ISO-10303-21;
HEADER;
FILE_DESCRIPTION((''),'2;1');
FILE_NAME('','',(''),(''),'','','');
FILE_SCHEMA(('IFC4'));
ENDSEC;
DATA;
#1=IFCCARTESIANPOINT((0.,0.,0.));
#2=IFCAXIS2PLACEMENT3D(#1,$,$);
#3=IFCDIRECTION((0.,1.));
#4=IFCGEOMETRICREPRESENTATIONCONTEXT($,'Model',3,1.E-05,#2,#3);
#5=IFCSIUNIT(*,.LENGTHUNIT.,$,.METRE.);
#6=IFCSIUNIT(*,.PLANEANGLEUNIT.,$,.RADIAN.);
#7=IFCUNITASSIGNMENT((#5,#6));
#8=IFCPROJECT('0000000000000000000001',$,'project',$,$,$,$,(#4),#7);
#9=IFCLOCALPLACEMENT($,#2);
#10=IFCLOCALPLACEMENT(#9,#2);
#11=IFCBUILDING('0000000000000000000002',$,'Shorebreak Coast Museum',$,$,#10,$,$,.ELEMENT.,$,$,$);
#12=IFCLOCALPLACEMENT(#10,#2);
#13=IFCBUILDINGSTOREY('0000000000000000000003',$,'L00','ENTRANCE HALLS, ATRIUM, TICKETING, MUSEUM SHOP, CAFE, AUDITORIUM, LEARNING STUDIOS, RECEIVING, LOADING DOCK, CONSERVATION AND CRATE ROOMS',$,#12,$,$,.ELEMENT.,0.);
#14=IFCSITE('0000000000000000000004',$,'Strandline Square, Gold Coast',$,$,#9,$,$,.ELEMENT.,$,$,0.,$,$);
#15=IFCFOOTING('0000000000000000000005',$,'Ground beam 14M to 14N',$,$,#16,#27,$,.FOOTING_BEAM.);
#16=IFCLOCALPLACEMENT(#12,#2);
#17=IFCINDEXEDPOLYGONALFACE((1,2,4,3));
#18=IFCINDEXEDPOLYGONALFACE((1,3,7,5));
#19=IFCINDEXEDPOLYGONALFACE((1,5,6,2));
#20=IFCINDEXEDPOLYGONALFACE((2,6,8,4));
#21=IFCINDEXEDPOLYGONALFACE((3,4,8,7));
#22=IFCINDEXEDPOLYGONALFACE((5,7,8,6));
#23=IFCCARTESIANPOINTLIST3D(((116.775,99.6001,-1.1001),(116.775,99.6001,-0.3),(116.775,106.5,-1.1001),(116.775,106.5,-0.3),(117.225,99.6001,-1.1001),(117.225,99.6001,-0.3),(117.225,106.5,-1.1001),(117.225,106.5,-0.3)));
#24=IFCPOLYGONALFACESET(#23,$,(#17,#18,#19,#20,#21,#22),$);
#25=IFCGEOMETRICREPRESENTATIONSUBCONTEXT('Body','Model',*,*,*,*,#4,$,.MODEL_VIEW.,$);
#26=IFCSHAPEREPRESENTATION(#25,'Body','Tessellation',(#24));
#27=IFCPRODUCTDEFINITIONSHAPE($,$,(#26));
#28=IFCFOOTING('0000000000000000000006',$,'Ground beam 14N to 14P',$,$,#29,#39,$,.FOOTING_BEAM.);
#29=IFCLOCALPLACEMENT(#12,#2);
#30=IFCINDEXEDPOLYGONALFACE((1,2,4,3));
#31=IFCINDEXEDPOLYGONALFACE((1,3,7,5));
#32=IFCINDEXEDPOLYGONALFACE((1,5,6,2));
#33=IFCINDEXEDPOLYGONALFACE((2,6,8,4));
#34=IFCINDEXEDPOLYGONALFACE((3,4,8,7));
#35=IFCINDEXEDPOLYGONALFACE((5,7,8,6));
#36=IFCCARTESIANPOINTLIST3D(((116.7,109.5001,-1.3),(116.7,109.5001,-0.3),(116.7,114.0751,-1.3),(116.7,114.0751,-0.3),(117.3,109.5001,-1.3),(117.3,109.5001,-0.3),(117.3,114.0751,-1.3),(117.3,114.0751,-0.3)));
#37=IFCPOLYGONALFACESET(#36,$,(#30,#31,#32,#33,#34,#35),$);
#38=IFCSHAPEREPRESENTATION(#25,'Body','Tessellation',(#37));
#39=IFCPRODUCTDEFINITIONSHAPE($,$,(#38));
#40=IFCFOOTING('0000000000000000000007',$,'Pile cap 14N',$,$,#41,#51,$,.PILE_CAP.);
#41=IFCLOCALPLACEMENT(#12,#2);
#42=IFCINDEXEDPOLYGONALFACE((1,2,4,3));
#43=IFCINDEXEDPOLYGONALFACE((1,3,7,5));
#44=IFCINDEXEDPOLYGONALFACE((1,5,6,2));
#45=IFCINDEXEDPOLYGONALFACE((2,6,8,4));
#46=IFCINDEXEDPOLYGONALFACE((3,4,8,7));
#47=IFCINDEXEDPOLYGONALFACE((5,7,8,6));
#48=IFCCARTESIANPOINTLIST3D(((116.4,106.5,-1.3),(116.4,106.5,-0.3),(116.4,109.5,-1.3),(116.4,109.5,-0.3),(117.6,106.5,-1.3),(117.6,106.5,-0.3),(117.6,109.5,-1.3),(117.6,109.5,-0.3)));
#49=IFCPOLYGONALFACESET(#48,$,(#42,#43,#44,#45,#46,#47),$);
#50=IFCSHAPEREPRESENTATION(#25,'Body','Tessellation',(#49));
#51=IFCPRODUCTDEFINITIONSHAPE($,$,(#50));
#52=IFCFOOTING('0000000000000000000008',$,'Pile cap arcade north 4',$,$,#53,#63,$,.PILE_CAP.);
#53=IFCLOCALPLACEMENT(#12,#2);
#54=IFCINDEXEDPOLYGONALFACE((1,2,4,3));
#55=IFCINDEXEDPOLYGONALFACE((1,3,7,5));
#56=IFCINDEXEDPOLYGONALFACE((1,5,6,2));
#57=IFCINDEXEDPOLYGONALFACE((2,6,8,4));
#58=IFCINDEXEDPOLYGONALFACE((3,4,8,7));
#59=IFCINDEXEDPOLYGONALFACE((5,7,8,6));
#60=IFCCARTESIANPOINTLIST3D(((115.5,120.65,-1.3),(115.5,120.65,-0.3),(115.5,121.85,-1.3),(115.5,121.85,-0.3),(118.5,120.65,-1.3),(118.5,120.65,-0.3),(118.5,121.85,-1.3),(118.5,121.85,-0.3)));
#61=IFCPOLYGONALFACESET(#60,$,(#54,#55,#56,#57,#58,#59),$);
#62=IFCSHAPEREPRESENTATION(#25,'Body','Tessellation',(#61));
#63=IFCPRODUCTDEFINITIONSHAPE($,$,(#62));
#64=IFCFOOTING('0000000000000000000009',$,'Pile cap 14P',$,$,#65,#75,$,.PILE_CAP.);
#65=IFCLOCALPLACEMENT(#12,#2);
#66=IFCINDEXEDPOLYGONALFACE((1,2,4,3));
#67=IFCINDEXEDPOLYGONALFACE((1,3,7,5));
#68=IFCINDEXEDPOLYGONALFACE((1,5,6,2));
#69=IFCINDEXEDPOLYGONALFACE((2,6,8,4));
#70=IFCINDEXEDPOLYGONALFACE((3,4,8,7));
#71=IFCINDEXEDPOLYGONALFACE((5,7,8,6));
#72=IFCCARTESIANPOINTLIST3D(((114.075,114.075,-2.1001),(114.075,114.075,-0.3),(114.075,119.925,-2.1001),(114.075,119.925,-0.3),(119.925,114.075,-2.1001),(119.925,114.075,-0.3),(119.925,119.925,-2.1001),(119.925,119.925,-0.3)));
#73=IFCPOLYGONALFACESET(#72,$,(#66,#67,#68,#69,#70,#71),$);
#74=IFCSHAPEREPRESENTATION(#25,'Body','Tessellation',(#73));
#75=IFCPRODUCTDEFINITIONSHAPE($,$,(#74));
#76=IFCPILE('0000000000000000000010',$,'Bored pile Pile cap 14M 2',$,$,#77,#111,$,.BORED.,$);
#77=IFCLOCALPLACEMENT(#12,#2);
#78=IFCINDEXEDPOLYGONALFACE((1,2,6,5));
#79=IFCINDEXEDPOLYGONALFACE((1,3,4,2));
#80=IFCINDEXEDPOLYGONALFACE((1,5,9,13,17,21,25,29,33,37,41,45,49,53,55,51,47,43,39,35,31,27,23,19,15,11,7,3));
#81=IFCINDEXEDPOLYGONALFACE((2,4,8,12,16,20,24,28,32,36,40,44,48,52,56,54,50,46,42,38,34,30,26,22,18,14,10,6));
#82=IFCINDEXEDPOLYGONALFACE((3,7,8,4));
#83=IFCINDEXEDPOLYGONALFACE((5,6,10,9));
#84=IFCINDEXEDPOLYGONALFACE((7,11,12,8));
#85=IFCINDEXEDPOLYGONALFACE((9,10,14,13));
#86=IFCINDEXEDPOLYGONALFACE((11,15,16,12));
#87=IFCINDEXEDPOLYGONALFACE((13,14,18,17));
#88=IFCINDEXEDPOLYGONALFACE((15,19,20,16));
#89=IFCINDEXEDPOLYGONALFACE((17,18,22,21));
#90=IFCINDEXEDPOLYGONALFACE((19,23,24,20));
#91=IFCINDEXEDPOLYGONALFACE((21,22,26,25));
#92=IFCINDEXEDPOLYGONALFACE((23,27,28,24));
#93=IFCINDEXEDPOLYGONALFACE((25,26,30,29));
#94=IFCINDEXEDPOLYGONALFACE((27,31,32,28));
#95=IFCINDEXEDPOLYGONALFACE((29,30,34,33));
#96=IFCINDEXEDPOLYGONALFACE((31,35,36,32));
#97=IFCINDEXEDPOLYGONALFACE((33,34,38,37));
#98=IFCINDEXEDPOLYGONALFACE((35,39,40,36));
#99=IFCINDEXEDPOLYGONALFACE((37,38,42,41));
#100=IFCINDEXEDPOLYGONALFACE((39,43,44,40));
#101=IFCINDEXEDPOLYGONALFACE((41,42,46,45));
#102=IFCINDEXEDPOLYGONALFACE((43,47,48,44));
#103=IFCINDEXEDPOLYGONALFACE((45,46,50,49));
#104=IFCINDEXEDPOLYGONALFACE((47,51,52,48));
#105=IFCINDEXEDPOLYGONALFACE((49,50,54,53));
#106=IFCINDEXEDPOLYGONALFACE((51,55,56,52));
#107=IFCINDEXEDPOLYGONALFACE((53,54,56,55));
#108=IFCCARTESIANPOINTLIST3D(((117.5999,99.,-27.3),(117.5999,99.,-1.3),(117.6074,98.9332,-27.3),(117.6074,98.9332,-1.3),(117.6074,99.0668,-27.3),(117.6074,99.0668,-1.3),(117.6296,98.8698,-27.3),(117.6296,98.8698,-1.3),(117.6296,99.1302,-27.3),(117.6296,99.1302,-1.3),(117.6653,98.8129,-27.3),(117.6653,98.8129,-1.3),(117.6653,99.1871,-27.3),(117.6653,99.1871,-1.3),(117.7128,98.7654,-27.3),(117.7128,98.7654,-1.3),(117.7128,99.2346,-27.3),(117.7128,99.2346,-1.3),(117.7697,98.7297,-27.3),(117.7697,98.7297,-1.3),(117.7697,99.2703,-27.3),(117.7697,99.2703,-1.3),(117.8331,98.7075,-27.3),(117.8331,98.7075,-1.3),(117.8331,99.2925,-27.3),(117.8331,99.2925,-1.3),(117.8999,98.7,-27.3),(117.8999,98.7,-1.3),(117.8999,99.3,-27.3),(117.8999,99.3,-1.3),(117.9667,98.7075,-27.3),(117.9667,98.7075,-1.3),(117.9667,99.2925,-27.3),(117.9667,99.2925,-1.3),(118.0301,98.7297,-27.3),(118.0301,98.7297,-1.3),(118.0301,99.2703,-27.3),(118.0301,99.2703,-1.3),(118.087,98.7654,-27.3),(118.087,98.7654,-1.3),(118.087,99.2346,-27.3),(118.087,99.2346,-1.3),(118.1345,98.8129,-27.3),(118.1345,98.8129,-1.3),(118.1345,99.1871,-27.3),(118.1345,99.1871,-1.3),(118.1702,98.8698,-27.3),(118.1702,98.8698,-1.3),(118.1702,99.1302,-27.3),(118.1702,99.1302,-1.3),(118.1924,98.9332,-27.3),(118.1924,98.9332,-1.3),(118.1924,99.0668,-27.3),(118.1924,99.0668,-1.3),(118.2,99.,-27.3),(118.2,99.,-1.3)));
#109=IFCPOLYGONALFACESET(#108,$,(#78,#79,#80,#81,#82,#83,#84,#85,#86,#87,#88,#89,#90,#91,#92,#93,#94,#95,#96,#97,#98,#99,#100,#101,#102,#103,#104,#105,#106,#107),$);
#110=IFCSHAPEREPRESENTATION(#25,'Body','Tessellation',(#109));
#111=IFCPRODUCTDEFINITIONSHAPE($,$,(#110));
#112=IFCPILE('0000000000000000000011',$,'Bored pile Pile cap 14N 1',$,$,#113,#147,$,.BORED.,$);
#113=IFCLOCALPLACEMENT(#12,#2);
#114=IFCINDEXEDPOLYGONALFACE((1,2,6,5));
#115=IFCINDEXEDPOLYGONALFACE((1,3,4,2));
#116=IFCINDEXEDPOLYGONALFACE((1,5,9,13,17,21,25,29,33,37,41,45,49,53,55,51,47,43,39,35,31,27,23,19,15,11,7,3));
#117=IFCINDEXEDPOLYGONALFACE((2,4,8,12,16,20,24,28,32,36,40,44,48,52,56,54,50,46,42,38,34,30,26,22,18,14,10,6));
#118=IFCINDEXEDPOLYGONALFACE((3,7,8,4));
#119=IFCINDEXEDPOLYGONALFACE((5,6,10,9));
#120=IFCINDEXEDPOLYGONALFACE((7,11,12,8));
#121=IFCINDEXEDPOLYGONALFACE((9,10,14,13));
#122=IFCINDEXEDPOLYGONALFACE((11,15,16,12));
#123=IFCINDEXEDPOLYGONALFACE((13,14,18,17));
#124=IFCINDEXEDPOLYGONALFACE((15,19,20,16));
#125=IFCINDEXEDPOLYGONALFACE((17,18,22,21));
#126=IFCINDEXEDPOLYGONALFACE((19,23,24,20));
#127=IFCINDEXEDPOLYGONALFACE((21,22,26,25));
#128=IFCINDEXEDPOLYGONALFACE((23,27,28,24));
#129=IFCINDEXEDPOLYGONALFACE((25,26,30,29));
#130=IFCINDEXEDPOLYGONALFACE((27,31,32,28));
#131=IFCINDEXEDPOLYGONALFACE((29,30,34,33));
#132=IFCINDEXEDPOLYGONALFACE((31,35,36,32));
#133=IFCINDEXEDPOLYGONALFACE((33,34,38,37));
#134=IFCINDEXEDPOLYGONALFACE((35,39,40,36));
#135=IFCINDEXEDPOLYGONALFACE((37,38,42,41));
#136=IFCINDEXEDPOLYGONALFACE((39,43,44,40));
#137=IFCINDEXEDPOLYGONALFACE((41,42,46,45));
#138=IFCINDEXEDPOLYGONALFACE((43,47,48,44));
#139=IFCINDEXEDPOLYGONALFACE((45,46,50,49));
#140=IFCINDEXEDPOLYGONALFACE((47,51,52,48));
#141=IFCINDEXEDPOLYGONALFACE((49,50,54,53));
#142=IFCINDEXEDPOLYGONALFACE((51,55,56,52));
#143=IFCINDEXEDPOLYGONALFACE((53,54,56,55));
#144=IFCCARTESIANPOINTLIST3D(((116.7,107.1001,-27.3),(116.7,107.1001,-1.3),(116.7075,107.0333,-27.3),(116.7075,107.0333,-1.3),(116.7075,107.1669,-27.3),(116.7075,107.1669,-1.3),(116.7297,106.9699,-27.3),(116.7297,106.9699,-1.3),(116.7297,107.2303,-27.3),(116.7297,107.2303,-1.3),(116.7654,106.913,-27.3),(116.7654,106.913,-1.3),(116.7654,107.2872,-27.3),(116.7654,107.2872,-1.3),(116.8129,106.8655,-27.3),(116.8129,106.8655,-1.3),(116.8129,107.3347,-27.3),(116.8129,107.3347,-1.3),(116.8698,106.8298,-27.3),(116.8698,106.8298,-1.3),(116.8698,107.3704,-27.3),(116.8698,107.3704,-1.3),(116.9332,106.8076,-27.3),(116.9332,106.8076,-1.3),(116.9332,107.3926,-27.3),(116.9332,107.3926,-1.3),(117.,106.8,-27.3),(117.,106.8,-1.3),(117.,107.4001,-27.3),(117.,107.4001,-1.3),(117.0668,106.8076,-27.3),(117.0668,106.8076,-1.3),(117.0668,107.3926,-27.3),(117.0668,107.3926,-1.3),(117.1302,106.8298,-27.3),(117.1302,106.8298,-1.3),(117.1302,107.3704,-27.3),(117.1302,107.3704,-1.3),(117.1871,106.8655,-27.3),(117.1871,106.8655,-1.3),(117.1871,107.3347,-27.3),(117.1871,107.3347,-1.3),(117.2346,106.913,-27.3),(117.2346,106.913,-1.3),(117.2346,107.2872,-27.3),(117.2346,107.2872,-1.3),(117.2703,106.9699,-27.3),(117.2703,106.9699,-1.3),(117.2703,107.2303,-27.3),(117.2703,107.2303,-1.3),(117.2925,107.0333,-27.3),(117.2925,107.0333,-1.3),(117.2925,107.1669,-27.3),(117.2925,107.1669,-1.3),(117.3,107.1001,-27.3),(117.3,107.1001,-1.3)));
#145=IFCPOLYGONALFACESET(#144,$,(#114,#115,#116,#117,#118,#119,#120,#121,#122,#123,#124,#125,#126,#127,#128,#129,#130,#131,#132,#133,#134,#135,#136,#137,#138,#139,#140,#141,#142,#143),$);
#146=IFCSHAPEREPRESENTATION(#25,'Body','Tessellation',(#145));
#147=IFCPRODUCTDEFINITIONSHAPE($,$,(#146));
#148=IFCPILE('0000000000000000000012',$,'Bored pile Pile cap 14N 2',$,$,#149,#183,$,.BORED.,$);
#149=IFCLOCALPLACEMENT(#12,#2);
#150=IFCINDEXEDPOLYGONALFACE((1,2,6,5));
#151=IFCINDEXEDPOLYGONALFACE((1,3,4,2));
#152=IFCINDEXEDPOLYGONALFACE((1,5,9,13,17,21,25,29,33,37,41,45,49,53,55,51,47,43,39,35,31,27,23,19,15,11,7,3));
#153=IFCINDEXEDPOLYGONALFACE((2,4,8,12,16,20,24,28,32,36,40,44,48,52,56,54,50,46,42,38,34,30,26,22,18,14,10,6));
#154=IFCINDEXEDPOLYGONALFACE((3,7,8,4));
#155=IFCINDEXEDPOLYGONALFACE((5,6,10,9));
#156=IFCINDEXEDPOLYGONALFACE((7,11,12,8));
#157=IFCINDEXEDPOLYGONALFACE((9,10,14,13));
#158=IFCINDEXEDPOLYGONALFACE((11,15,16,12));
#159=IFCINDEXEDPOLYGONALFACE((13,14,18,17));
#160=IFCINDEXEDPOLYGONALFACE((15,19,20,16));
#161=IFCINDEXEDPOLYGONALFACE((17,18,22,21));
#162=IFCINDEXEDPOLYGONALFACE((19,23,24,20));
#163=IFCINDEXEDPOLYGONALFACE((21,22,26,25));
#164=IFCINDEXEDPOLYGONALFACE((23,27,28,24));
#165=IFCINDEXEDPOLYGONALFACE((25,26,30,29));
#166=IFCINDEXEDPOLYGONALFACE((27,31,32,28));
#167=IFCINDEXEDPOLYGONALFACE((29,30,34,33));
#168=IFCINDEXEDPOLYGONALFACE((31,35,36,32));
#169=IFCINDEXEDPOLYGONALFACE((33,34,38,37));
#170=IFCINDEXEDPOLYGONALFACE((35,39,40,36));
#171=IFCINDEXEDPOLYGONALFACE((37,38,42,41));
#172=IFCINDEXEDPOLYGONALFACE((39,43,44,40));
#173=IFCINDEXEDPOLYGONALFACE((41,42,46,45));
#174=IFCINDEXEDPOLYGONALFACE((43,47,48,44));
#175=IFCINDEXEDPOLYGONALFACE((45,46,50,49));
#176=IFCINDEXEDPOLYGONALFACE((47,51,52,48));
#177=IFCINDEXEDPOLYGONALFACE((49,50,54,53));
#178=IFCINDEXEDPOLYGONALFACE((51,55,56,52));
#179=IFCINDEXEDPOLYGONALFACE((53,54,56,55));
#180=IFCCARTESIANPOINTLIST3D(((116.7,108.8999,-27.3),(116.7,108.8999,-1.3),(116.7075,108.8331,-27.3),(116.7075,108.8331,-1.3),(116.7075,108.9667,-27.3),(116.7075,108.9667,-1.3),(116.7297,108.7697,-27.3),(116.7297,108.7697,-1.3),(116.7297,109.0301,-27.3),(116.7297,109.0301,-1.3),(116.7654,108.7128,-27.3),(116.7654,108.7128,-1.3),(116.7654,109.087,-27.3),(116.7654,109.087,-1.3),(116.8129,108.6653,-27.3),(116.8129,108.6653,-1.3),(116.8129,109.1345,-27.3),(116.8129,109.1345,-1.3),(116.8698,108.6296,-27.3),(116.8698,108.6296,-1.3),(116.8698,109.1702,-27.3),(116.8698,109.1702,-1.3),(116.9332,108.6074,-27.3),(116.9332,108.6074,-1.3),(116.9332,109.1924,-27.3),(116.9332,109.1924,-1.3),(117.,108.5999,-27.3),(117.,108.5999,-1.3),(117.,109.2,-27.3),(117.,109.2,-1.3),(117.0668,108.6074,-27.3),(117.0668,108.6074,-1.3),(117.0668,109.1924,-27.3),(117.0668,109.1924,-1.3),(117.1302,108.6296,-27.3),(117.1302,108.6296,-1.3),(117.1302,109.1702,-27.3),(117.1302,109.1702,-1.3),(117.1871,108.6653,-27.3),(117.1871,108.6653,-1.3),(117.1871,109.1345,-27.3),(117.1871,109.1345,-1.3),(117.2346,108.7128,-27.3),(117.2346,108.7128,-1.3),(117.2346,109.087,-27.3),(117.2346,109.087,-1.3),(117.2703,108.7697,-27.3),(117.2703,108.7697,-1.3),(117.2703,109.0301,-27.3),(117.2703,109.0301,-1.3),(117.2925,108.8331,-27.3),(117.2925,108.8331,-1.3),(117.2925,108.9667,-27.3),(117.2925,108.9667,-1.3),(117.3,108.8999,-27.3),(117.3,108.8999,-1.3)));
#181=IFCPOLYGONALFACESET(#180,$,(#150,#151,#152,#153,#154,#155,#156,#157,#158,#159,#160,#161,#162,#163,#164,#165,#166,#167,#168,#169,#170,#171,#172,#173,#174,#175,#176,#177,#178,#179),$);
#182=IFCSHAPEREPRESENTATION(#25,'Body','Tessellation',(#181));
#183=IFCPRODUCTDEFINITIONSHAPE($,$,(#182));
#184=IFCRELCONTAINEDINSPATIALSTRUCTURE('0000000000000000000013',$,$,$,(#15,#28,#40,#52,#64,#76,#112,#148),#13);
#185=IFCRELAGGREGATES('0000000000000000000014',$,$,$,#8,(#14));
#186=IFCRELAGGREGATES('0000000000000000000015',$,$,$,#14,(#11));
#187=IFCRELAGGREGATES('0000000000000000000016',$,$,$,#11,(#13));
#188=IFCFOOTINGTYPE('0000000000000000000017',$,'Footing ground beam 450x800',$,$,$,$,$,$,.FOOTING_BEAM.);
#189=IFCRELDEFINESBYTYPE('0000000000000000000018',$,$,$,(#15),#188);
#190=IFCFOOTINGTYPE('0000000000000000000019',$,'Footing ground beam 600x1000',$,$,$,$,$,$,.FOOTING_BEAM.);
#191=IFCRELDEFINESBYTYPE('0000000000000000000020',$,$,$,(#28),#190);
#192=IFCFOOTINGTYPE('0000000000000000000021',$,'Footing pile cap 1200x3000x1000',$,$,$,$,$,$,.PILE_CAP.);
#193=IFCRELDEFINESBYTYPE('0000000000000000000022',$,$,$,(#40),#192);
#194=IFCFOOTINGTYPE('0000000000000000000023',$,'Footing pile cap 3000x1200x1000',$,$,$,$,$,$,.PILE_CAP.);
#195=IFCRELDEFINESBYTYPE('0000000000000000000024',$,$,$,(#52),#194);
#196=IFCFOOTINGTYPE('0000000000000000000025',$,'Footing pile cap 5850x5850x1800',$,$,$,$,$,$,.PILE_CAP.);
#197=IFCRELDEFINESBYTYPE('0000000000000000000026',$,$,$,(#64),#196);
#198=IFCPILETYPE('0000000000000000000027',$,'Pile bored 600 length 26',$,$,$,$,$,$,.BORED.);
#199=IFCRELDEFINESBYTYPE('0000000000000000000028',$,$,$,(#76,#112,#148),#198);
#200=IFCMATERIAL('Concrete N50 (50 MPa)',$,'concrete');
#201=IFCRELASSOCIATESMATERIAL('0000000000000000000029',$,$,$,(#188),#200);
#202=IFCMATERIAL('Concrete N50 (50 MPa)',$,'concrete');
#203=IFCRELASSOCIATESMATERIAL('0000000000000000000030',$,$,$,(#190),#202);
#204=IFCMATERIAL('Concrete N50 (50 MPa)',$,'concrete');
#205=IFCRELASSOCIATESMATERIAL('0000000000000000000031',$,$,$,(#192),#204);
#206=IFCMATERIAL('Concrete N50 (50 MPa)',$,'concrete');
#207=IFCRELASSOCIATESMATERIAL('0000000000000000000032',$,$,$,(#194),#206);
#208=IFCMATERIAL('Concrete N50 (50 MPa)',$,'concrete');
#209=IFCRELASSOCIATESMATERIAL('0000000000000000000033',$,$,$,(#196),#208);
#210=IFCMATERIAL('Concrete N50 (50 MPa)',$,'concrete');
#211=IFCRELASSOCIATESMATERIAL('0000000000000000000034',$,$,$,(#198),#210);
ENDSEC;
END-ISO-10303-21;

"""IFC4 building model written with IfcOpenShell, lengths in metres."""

from ifc_helpers import new_model, si_unit, direction, frame, origin, origin_2d, place, context, subcontext, project, spatial, rectangle, circle, extrude, material, material_profile, profile_set, type_object, element, save


model = new_model("IFC4")

# Units and contexts
model_context = context("Model", 3, precision=1e-05, world=origin(), true_north=direction((0.0, 1.0)))
body_context = subcontext(model_context, "Body", "Model", "MODEL_VIEW")
ifc_project = project(units=[si_unit("LENGTHUNIT", "METRE"), si_unit("PLANEANGLEUNIT", "RADIAN")], contexts=[model_context])

# Site, building, storey
site_placement = place(None, origin())
site = spatial("IfcSite", under=ifc_project, at=site_placement, Name="Strandline Square, Gold Coast", CompositionType="ELEMENT", RefElevation=0.0)
building_placement = place(site_placement, origin())
building = spatial("IfcBuilding", under=site, at=building_placement, Name="Shorebreak Coast Museum", CompositionType="ELEMENT")
storey_placement = place(building_placement, origin())
storey = spatial("IfcBuildingStorey", under=building, at=storey_placement, Name="L00", Description="ENTRANCE HALLS, ATRIUM, TICKETING, MUSEUM SHOP, CAFE, AUDITORIUM, LEARNING STUDIOS, RECEIVING, LOADING DOCK, CONSERVATION AND CRATE ROOMS", CompositionType="ELEMENT", Elevation=0.0)

# Footings
ifc_material_1 = material(Name="Concrete N50 (50 MPa)", Category="concrete")
footing_type_1 = type_object("IfcFootingType", Name="Footing ground beam 450x800", PredefinedType="FOOTING_BEAM", material=ifc_material_1)
footing_1_placement = place(storey_placement, frame((117.0, 103.05, -1.1001), z_axis=(0.0, 0.0, 1.0), x_axis=(1.0, 0.0, 0.0)))
element("IfcFooting", 1, at=footing_1_placement, inside=storey, type_object=footing_type_1, Name="Ground beam 14M to 14N", PredefinedType="FOOTING_BEAM", context=body_context, shape_type="SweptSolid", body=[
    extrude(rectangle(XDim=0.45, YDim=6.8999, at=origin_2d()), origin(), (0.0, 0.0, 1.0), 0.8),
])
ifc_material_2 = material(Name="Concrete N50 (50 MPa)", Category="concrete")
footing_type_2 = type_object("IfcFootingType", Name="Footing ground beam 600x1000", PredefinedType="FOOTING_BEAM", material=ifc_material_2)
footing_2_placement = place(storey_placement, frame((117.0, 111.7876, -1.3), z_axis=(0.0, 0.0, 1.0), x_axis=(1.0, 0.0, 0.0)))
element("IfcFooting", 2, at=footing_2_placement, inside=storey, type_object=footing_type_2, Name="Ground beam 14N to 14P", PredefinedType="FOOTING_BEAM", context=body_context, shape_type="SweptSolid", body=[
    extrude(rectangle(XDim=0.6001, YDim=4.575, at=origin_2d()), origin(), (0.0, 0.0, 1.0), 1.0),
])
ifc_material_3 = material(Name="Concrete N50 (50 MPa)", Category="concrete")
footing_type_3 = type_object("IfcFootingType", Name="Footing pile cap 1200x3000x1000", PredefinedType="PILE_CAP", material=ifc_material_3)
footing_3_placement = place(storey_placement, frame((117.0, 108.0, -1.3), z_axis=(0.0, 0.0, 1.0), x_axis=(1.0, 0.0, 0.0)))
element("IfcFooting", 3, at=footing_3_placement, inside=storey, type_object=footing_type_3, Name="Pile cap 14N", PredefinedType="PILE_CAP", context=body_context, shape_type="SweptSolid", body=[
    extrude(rectangle(XDim=1.2, YDim=3.0, at=origin_2d()), origin(), (0.0, 0.0, 1.0), 1.0),
])
ifc_material_4 = material(Name="Concrete N50 (50 MPa)", Category="concrete")
footing_type_4 = type_object("IfcFootingType", Name="Footing pile cap 3000x1200x1000", PredefinedType="PILE_CAP", material=ifc_material_4)
footing_4_placement = place(storey_placement, frame((117.0, 121.25, -1.3), z_axis=(0.0, 0.0, 1.0), x_axis=(1.0, 0.0, 0.0)))
element("IfcFooting", 4, at=footing_4_placement, inside=storey, type_object=footing_type_4, Name="Pile cap arcade north 4", PredefinedType="PILE_CAP", context=body_context, shape_type="SweptSolid", body=[
    extrude(rectangle(XDim=3.0, YDim=1.2, at=origin_2d()), origin(), (0.0, 0.0, 1.0), 1.0),
])
ifc_material_5 = material(Name="Concrete N50 (50 MPa)", Category="concrete")
footing_type_5 = type_object("IfcFootingType", Name="Footing pile cap 5850x5850x1800", PredefinedType="PILE_CAP", material=ifc_material_5)
footing_5_placement = place(storey_placement, frame((117.0, 117.0, -2.1001), z_axis=(0.0, 0.0, 1.0), x_axis=(1.0, 0.0, 0.0)))
element("IfcFooting", 5, at=footing_5_placement, inside=storey, type_object=footing_type_5, Name="Pile cap 14P", PredefinedType="PILE_CAP", context=body_context, shape_type="SweptSolid", body=[
    extrude(rectangle(XDim=5.8501, YDim=5.8501, at=origin_2d()), origin(), (0.0, 0.0, 1.0), 1.8),
])

# Piles
ifc_material_6 = material(Name="Concrete N50 (50 MPa)", Category="concrete")
ifc_material_profile_1 = material_profile(ifc_material_6, circle(Radius=0.3, at=origin_2d()), Name="Pile bored 600 length 26")
ifc_profile_set_1 = profile_set([ifc_material_profile_1], Name="Concrete N50 (50 MPa)")
pile_type_1 = type_object("IfcPileType", Name="Pile bored 600 length 26", PredefinedType="BORED", material=ifc_profile_set_1)
for number, where, z_axis, x_axis, name in (
    (6, (117.8999, 99.0, -1.3), (0.0, 0.0, -1.0), (1.0, 0.0, 0.0), "Bored pile Pile cap 14M 2"),
    (7, (117.0, 107.1001, -1.3), (0.0, 0.0, -1.0), (1.0, 0.0, 0.0), "Bored pile Pile cap 14N 1"),
    (8, (117.0, 108.8999, -1.3), (0.0, 0.0, -1.0), (1.0, 0.0, 0.0), "Bored pile Pile cap 14N 2"),
):
    element("IfcPile", number, at=place(storey_placement, frame(where, z_axis=z_axis, x_axis=x_axis)), inside=storey, type_object=pile_type_1, Name=name, PredefinedType="BORED", context=body_context, shape_type="SweptSolid", body=[
        extrude(circle(Radius=0.3, at=origin_2d()), origin(), (0.0, 0.0, 1.0), 26.0),
    ])

save(model, "model.ifc")
